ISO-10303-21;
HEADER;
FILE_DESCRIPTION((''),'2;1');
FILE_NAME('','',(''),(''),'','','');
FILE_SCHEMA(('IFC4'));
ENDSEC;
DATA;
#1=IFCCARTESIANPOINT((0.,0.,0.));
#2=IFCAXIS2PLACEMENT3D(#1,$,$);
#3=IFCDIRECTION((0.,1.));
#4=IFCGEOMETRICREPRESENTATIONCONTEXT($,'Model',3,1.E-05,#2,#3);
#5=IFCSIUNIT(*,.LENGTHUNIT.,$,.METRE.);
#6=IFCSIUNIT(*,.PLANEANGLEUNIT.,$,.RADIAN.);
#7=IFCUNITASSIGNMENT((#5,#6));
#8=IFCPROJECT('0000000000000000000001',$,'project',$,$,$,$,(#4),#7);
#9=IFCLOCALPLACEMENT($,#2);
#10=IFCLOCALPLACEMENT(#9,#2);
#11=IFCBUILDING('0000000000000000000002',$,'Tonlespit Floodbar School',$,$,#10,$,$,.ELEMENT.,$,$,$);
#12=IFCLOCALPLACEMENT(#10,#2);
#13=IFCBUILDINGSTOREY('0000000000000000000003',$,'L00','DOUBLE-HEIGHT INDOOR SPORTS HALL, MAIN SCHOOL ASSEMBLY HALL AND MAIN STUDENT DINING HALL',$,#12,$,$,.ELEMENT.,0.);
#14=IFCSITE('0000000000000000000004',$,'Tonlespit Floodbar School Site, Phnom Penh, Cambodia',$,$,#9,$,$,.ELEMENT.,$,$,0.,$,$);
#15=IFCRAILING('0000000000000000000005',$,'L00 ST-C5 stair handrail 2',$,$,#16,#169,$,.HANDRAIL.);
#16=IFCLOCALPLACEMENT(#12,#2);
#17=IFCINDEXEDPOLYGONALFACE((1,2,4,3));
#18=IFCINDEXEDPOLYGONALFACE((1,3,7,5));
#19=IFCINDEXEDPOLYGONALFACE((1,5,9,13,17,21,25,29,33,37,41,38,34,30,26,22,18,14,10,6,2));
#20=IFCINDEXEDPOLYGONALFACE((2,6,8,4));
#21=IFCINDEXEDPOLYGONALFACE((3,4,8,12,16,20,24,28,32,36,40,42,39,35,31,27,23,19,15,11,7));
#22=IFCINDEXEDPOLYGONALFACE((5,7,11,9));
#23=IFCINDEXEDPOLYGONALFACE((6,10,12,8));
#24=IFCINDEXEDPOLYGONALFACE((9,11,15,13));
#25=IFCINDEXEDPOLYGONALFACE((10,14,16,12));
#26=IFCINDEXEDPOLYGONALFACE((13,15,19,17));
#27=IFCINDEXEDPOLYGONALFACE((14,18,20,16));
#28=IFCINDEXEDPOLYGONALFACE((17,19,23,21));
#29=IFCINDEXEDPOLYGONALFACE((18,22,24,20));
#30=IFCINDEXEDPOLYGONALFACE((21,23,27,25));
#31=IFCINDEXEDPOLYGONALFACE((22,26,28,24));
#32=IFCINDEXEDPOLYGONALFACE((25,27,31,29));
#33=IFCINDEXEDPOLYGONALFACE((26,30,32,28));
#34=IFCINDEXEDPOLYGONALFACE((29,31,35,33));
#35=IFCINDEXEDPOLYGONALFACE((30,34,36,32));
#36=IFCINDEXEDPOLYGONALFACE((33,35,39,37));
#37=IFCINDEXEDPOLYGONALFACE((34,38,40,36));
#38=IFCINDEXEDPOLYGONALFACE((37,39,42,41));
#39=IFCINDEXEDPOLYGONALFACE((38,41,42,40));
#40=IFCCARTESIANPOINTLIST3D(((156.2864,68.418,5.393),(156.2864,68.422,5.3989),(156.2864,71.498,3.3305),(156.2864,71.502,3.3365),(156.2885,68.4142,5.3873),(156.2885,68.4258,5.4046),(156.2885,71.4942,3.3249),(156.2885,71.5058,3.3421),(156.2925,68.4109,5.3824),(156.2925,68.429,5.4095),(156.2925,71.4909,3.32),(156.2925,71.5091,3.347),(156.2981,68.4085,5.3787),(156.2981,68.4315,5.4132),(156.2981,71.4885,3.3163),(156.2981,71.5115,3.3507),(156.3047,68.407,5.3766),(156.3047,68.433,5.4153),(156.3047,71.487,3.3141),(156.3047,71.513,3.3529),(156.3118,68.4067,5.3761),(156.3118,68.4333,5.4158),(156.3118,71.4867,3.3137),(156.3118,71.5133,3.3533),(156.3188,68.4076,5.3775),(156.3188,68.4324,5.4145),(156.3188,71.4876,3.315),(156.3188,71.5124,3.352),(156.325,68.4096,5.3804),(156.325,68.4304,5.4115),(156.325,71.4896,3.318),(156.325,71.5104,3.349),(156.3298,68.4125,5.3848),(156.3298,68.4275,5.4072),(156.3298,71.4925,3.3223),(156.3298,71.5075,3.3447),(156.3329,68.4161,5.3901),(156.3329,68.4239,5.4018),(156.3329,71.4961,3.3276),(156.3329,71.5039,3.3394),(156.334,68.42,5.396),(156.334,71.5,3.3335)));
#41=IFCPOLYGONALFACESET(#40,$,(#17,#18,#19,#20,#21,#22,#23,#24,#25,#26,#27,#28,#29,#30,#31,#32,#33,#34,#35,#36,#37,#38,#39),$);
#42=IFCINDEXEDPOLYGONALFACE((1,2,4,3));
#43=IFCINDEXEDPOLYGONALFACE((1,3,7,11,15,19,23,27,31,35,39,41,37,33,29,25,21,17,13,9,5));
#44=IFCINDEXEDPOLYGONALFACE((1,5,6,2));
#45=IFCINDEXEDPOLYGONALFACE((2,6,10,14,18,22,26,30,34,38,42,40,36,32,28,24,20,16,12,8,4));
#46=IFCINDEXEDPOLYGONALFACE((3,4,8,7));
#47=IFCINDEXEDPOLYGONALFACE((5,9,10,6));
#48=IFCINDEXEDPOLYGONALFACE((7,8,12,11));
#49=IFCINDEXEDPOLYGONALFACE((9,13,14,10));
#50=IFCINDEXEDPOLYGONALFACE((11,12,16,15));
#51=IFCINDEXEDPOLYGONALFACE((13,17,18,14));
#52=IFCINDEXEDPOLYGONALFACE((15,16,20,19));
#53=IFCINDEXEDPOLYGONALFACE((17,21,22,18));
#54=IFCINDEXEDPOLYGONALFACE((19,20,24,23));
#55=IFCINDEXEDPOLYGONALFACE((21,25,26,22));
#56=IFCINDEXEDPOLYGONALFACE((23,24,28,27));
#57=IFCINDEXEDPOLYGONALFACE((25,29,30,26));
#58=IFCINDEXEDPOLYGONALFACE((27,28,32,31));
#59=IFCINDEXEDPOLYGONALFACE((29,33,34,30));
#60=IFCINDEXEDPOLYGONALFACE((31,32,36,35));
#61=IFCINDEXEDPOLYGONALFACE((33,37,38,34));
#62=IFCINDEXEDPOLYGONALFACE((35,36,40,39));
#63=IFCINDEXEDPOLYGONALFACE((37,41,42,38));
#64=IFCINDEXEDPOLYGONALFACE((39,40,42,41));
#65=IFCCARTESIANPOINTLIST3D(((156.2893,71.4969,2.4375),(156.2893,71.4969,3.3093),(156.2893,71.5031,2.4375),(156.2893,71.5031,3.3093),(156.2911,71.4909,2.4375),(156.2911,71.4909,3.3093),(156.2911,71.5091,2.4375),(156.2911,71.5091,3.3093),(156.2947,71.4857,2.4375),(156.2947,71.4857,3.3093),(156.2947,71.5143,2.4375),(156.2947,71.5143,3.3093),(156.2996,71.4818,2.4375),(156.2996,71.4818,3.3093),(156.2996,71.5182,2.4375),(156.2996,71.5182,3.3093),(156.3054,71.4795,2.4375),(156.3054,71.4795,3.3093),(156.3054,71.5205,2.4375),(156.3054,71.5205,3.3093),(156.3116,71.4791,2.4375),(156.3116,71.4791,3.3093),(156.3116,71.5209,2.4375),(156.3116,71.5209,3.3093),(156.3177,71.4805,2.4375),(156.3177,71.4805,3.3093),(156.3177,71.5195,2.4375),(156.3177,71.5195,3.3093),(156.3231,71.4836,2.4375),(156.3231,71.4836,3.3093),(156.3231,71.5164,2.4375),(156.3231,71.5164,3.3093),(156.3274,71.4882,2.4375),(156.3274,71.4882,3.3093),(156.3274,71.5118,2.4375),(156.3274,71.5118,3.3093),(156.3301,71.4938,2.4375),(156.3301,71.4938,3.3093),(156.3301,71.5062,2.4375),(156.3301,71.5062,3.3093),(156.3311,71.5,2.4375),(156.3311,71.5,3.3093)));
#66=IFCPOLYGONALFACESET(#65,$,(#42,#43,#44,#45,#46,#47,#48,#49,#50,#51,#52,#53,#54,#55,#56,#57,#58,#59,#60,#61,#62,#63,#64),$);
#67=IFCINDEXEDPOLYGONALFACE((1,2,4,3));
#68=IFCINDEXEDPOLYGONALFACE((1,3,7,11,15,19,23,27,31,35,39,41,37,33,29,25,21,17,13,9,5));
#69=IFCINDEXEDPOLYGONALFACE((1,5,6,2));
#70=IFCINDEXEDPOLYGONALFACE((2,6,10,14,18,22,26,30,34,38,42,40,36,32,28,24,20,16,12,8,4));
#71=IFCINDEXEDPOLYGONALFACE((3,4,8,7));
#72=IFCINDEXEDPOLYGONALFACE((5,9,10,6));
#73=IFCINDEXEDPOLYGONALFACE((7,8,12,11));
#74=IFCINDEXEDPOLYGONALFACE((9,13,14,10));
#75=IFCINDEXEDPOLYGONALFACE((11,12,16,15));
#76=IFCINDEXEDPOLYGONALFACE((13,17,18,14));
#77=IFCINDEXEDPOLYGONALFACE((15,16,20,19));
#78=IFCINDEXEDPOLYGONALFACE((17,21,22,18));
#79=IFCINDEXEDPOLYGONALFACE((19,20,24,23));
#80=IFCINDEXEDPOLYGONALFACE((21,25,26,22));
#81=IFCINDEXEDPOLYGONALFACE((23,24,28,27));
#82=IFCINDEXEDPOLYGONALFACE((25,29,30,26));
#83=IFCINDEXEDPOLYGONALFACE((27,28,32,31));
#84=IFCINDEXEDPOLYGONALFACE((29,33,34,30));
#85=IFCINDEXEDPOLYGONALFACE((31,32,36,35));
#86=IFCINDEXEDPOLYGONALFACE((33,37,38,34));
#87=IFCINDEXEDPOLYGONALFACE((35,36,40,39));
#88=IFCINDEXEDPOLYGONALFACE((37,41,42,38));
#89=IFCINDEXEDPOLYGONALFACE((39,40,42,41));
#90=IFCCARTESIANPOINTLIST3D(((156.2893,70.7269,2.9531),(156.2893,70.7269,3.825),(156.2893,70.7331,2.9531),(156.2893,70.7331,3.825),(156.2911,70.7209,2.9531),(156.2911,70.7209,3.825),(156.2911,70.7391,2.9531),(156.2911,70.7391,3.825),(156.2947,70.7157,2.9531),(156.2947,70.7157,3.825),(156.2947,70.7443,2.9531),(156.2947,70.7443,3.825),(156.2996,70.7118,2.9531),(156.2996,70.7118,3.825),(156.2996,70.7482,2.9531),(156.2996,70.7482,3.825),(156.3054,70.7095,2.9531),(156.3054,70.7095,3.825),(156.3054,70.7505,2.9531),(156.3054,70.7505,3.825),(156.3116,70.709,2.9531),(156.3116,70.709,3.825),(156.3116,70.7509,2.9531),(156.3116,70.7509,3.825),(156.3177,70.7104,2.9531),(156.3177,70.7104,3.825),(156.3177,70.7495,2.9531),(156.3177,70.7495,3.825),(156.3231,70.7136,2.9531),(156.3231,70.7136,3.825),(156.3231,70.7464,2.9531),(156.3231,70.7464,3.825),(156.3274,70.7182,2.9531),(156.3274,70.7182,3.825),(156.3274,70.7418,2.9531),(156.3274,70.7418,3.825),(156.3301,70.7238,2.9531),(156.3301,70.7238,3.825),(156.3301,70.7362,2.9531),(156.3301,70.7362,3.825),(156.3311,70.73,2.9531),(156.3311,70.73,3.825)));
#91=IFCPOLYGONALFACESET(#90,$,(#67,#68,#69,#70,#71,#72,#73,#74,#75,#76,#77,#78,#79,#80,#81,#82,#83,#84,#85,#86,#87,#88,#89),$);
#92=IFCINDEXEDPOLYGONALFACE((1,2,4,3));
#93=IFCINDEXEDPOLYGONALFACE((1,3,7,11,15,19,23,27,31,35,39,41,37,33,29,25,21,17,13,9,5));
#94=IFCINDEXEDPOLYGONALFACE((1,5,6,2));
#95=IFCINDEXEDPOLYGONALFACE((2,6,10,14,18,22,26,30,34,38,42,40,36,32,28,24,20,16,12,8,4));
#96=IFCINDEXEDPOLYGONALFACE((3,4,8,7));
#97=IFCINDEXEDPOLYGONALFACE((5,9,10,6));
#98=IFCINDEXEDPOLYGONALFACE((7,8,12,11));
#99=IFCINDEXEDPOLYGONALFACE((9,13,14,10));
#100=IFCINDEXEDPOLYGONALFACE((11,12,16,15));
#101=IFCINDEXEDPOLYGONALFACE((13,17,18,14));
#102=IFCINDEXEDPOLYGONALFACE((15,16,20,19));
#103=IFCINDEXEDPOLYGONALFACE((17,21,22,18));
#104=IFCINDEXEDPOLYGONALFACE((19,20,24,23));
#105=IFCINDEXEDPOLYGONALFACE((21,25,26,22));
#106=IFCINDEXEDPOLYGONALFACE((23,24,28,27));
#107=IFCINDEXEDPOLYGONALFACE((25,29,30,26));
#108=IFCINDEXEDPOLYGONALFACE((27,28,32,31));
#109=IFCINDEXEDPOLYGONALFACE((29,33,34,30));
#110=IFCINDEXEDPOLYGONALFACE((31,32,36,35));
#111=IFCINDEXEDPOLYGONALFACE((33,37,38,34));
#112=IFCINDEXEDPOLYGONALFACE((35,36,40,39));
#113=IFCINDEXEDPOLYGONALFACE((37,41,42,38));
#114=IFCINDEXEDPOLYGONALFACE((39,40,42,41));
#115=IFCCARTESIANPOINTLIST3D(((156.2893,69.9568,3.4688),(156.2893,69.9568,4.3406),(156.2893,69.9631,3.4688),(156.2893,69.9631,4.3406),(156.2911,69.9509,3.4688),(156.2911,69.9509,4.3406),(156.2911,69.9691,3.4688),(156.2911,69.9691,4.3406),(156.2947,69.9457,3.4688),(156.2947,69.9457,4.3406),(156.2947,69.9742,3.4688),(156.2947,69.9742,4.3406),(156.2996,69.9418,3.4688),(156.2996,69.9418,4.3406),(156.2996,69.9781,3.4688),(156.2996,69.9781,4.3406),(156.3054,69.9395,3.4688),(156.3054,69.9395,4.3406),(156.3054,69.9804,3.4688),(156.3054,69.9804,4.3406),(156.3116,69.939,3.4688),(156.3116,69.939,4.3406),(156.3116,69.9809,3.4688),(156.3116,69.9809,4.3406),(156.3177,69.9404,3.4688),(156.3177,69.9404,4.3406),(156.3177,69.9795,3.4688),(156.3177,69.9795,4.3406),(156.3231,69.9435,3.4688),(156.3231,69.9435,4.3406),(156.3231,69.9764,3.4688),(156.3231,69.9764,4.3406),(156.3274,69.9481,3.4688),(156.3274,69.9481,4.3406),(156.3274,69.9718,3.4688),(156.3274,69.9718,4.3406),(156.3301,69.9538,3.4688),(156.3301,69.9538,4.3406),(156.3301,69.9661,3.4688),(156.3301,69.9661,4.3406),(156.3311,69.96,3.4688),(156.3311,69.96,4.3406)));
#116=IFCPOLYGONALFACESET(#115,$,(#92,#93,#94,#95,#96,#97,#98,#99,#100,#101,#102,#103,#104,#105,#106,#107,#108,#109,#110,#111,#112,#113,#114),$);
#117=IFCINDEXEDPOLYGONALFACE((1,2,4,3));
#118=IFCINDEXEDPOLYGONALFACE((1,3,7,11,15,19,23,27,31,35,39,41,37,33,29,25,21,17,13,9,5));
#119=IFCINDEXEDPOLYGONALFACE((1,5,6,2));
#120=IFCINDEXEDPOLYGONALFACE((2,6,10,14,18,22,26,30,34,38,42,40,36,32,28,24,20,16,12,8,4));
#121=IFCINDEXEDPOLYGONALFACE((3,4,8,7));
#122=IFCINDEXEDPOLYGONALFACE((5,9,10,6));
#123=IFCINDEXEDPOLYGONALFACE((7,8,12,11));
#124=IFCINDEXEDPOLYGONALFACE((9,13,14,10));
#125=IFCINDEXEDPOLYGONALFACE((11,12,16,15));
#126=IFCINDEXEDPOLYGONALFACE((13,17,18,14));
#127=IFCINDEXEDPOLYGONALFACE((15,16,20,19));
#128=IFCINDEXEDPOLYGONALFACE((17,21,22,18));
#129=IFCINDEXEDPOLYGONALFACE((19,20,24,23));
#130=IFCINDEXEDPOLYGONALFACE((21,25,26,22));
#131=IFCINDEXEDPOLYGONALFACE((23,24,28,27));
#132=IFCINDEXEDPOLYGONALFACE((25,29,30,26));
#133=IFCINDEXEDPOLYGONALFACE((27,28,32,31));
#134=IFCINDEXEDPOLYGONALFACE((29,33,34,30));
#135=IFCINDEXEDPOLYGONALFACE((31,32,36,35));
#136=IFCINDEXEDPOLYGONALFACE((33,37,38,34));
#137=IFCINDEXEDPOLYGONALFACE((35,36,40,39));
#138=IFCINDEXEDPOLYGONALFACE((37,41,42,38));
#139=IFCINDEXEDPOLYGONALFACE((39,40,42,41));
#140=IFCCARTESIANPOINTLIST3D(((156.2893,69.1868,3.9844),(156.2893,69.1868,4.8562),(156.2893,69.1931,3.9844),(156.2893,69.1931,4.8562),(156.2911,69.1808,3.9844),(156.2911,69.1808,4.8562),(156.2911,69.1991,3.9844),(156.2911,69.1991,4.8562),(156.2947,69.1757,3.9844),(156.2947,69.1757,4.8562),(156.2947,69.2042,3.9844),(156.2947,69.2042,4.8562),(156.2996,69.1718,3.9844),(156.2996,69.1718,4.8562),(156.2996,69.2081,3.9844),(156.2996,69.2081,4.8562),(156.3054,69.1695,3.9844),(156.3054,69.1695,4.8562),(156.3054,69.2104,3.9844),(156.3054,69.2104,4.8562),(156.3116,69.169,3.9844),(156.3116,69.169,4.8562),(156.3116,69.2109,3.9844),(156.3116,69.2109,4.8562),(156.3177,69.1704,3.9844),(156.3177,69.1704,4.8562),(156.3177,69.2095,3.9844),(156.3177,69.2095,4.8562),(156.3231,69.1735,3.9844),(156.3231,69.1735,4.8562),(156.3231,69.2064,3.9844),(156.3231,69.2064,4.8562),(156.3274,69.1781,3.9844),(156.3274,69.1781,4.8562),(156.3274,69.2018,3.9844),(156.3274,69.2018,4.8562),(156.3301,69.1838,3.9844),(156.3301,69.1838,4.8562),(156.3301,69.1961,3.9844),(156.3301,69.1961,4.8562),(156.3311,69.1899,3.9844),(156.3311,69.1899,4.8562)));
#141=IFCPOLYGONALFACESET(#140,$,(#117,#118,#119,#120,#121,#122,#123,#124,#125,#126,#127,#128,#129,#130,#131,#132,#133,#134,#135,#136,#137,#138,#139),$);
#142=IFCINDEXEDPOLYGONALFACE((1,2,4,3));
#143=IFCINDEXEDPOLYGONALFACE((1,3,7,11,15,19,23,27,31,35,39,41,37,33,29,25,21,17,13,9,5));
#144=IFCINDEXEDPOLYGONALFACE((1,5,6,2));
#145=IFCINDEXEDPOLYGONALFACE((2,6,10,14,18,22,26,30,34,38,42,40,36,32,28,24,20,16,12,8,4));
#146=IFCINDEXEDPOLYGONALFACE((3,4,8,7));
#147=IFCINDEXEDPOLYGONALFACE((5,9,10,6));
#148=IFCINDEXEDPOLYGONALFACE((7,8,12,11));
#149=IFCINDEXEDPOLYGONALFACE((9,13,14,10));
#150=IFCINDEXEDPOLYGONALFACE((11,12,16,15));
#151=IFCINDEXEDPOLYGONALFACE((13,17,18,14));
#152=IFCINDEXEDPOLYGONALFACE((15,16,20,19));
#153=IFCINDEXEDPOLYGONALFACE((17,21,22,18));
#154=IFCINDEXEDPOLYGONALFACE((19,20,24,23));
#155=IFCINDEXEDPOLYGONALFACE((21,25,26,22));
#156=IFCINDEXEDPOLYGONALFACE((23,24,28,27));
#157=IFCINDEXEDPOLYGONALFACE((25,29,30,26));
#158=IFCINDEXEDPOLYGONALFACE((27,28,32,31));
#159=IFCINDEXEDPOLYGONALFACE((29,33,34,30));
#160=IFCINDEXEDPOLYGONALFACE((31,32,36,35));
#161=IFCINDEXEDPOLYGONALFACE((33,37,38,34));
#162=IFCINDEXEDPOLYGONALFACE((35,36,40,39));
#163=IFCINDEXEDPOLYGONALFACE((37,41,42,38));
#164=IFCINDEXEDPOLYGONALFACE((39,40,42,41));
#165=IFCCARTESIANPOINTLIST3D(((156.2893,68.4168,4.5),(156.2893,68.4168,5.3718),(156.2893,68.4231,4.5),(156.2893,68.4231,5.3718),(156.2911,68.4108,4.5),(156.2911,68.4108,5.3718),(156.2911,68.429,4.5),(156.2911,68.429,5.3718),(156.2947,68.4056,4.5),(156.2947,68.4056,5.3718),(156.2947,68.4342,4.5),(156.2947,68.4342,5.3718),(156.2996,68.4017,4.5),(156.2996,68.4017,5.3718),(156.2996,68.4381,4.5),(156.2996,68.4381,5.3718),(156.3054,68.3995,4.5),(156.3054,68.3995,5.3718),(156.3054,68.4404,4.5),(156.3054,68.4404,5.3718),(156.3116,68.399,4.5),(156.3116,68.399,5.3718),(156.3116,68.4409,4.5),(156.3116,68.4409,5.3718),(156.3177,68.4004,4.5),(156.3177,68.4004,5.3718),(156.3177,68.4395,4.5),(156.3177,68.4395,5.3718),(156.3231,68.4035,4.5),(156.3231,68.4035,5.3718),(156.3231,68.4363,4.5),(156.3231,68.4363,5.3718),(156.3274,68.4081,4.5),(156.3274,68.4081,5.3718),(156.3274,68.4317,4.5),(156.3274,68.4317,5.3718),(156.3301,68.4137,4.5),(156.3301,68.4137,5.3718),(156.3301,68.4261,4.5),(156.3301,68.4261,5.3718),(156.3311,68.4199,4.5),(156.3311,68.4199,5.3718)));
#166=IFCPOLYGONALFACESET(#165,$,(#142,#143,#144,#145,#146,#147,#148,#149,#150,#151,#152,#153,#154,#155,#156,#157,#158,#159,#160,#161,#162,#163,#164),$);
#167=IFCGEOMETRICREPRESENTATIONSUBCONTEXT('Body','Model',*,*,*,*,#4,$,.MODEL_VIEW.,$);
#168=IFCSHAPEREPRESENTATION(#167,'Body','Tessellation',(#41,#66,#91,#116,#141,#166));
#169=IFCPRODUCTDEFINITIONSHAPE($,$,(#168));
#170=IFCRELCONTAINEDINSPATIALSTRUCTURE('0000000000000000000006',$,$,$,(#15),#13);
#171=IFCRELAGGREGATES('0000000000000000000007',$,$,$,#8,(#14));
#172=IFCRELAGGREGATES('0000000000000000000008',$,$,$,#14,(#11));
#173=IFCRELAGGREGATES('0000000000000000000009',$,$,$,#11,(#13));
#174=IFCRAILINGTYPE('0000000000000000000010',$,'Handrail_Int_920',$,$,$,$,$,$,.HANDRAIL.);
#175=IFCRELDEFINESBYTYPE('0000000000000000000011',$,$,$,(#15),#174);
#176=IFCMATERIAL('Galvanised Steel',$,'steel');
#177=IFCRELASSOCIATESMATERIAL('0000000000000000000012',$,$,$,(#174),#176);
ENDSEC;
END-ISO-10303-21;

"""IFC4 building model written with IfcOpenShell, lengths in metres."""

from ifc_helpers import new_model, si_unit, direction, frame, origin, origin_2d, place, context, subcontext, project, spatial, circle, extrude, material, type_object, element, save


model = new_model("IFC4")

# Units and contexts
model_context = context("Model", 3, precision=1e-05, world=origin(), true_north=direction((0.0, 1.0)))
body_context = subcontext(model_context, "Body", "Model", "MODEL_VIEW")
ifc_project = project(units=[si_unit("LENGTHUNIT", "METRE"), si_unit("PLANEANGLEUNIT", "RADIAN")], contexts=[model_context])

# Site, building, storey
site_placement = place(None, origin())
site = spatial("IfcSite", under=ifc_project, at=site_placement, Name="Tonlespit Floodbar School Site, Phnom Penh, Cambodia", CompositionType="ELEMENT", RefElevation=0.0)
building_placement = place(site_placement, origin())
building = spatial("IfcBuilding", under=site, at=building_placement, Name="Tonlespit Floodbar School", CompositionType="ELEMENT")
storey_placement = place(building_placement, origin())
storey = spatial("IfcBuildingStorey", under=building, at=storey_placement, Name="L00", Description="DOUBLE-HEIGHT INDOOR SPORTS HALL, MAIN SCHOOL ASSEMBLY HALL AND MAIN STUDENT DINING HALL", CompositionType="ELEMENT", Elevation=0.0)

# Shared definitions
ifc_material_1 = material(Name="Galvanised Steel", Category="steel")

# Railing
railing_type_1 = type_object("IfcRailingType", Name="Handrail_Int_920", PredefinedType="HANDRAIL", material=ifc_material_1)
railing_1_placement = place(storey_placement, frame((156.3101, 71.5, 2.4375)))
element("IfcRailing", 1, at=railing_1_placement, inside=storey, type_object=railing_type_1, Name="L00 ST-C5 stair handrail 2", PredefinedType="HANDRAIL", context=body_context, shape_type="SweptSolid", body=[
    extrude(circle(Radius=0.0239, at=origin_2d()), frame((0.0, 0.0, 0.896), z_axis=(0.0, -0.830914, 0.556401), x_axis=(1.0, 0.0, 0.0)), (0.0, 0.0, 1.0), 3.7068),
    extrude(circle(Radius=0.021, at=origin_2d()), origin(), (0.0, 0.0, 1.0), 0.8718),
    extrude(circle(Radius=0.021, at=origin_2d()), frame((0.0, -0.77, 0.5156)), (0.0, 0.0, 1.0), 0.8718),
    extrude(circle(Radius=0.021, at=origin_2d()), frame((0.0, -1.54, 1.0312)), (0.0, 0.0, 1.0), 0.8718),
    extrude(circle(Radius=0.021, at=origin_2d()), frame((0.0, -2.3101, 1.5469)), (0.0, 0.0, 1.0), 0.8718),
    extrude(circle(Radius=0.021, at=origin_2d()), frame((0.0, -3.0801, 2.0625)), (0.0, 0.0, 1.0), 0.8718),
])

save(model, "model.ifc")
